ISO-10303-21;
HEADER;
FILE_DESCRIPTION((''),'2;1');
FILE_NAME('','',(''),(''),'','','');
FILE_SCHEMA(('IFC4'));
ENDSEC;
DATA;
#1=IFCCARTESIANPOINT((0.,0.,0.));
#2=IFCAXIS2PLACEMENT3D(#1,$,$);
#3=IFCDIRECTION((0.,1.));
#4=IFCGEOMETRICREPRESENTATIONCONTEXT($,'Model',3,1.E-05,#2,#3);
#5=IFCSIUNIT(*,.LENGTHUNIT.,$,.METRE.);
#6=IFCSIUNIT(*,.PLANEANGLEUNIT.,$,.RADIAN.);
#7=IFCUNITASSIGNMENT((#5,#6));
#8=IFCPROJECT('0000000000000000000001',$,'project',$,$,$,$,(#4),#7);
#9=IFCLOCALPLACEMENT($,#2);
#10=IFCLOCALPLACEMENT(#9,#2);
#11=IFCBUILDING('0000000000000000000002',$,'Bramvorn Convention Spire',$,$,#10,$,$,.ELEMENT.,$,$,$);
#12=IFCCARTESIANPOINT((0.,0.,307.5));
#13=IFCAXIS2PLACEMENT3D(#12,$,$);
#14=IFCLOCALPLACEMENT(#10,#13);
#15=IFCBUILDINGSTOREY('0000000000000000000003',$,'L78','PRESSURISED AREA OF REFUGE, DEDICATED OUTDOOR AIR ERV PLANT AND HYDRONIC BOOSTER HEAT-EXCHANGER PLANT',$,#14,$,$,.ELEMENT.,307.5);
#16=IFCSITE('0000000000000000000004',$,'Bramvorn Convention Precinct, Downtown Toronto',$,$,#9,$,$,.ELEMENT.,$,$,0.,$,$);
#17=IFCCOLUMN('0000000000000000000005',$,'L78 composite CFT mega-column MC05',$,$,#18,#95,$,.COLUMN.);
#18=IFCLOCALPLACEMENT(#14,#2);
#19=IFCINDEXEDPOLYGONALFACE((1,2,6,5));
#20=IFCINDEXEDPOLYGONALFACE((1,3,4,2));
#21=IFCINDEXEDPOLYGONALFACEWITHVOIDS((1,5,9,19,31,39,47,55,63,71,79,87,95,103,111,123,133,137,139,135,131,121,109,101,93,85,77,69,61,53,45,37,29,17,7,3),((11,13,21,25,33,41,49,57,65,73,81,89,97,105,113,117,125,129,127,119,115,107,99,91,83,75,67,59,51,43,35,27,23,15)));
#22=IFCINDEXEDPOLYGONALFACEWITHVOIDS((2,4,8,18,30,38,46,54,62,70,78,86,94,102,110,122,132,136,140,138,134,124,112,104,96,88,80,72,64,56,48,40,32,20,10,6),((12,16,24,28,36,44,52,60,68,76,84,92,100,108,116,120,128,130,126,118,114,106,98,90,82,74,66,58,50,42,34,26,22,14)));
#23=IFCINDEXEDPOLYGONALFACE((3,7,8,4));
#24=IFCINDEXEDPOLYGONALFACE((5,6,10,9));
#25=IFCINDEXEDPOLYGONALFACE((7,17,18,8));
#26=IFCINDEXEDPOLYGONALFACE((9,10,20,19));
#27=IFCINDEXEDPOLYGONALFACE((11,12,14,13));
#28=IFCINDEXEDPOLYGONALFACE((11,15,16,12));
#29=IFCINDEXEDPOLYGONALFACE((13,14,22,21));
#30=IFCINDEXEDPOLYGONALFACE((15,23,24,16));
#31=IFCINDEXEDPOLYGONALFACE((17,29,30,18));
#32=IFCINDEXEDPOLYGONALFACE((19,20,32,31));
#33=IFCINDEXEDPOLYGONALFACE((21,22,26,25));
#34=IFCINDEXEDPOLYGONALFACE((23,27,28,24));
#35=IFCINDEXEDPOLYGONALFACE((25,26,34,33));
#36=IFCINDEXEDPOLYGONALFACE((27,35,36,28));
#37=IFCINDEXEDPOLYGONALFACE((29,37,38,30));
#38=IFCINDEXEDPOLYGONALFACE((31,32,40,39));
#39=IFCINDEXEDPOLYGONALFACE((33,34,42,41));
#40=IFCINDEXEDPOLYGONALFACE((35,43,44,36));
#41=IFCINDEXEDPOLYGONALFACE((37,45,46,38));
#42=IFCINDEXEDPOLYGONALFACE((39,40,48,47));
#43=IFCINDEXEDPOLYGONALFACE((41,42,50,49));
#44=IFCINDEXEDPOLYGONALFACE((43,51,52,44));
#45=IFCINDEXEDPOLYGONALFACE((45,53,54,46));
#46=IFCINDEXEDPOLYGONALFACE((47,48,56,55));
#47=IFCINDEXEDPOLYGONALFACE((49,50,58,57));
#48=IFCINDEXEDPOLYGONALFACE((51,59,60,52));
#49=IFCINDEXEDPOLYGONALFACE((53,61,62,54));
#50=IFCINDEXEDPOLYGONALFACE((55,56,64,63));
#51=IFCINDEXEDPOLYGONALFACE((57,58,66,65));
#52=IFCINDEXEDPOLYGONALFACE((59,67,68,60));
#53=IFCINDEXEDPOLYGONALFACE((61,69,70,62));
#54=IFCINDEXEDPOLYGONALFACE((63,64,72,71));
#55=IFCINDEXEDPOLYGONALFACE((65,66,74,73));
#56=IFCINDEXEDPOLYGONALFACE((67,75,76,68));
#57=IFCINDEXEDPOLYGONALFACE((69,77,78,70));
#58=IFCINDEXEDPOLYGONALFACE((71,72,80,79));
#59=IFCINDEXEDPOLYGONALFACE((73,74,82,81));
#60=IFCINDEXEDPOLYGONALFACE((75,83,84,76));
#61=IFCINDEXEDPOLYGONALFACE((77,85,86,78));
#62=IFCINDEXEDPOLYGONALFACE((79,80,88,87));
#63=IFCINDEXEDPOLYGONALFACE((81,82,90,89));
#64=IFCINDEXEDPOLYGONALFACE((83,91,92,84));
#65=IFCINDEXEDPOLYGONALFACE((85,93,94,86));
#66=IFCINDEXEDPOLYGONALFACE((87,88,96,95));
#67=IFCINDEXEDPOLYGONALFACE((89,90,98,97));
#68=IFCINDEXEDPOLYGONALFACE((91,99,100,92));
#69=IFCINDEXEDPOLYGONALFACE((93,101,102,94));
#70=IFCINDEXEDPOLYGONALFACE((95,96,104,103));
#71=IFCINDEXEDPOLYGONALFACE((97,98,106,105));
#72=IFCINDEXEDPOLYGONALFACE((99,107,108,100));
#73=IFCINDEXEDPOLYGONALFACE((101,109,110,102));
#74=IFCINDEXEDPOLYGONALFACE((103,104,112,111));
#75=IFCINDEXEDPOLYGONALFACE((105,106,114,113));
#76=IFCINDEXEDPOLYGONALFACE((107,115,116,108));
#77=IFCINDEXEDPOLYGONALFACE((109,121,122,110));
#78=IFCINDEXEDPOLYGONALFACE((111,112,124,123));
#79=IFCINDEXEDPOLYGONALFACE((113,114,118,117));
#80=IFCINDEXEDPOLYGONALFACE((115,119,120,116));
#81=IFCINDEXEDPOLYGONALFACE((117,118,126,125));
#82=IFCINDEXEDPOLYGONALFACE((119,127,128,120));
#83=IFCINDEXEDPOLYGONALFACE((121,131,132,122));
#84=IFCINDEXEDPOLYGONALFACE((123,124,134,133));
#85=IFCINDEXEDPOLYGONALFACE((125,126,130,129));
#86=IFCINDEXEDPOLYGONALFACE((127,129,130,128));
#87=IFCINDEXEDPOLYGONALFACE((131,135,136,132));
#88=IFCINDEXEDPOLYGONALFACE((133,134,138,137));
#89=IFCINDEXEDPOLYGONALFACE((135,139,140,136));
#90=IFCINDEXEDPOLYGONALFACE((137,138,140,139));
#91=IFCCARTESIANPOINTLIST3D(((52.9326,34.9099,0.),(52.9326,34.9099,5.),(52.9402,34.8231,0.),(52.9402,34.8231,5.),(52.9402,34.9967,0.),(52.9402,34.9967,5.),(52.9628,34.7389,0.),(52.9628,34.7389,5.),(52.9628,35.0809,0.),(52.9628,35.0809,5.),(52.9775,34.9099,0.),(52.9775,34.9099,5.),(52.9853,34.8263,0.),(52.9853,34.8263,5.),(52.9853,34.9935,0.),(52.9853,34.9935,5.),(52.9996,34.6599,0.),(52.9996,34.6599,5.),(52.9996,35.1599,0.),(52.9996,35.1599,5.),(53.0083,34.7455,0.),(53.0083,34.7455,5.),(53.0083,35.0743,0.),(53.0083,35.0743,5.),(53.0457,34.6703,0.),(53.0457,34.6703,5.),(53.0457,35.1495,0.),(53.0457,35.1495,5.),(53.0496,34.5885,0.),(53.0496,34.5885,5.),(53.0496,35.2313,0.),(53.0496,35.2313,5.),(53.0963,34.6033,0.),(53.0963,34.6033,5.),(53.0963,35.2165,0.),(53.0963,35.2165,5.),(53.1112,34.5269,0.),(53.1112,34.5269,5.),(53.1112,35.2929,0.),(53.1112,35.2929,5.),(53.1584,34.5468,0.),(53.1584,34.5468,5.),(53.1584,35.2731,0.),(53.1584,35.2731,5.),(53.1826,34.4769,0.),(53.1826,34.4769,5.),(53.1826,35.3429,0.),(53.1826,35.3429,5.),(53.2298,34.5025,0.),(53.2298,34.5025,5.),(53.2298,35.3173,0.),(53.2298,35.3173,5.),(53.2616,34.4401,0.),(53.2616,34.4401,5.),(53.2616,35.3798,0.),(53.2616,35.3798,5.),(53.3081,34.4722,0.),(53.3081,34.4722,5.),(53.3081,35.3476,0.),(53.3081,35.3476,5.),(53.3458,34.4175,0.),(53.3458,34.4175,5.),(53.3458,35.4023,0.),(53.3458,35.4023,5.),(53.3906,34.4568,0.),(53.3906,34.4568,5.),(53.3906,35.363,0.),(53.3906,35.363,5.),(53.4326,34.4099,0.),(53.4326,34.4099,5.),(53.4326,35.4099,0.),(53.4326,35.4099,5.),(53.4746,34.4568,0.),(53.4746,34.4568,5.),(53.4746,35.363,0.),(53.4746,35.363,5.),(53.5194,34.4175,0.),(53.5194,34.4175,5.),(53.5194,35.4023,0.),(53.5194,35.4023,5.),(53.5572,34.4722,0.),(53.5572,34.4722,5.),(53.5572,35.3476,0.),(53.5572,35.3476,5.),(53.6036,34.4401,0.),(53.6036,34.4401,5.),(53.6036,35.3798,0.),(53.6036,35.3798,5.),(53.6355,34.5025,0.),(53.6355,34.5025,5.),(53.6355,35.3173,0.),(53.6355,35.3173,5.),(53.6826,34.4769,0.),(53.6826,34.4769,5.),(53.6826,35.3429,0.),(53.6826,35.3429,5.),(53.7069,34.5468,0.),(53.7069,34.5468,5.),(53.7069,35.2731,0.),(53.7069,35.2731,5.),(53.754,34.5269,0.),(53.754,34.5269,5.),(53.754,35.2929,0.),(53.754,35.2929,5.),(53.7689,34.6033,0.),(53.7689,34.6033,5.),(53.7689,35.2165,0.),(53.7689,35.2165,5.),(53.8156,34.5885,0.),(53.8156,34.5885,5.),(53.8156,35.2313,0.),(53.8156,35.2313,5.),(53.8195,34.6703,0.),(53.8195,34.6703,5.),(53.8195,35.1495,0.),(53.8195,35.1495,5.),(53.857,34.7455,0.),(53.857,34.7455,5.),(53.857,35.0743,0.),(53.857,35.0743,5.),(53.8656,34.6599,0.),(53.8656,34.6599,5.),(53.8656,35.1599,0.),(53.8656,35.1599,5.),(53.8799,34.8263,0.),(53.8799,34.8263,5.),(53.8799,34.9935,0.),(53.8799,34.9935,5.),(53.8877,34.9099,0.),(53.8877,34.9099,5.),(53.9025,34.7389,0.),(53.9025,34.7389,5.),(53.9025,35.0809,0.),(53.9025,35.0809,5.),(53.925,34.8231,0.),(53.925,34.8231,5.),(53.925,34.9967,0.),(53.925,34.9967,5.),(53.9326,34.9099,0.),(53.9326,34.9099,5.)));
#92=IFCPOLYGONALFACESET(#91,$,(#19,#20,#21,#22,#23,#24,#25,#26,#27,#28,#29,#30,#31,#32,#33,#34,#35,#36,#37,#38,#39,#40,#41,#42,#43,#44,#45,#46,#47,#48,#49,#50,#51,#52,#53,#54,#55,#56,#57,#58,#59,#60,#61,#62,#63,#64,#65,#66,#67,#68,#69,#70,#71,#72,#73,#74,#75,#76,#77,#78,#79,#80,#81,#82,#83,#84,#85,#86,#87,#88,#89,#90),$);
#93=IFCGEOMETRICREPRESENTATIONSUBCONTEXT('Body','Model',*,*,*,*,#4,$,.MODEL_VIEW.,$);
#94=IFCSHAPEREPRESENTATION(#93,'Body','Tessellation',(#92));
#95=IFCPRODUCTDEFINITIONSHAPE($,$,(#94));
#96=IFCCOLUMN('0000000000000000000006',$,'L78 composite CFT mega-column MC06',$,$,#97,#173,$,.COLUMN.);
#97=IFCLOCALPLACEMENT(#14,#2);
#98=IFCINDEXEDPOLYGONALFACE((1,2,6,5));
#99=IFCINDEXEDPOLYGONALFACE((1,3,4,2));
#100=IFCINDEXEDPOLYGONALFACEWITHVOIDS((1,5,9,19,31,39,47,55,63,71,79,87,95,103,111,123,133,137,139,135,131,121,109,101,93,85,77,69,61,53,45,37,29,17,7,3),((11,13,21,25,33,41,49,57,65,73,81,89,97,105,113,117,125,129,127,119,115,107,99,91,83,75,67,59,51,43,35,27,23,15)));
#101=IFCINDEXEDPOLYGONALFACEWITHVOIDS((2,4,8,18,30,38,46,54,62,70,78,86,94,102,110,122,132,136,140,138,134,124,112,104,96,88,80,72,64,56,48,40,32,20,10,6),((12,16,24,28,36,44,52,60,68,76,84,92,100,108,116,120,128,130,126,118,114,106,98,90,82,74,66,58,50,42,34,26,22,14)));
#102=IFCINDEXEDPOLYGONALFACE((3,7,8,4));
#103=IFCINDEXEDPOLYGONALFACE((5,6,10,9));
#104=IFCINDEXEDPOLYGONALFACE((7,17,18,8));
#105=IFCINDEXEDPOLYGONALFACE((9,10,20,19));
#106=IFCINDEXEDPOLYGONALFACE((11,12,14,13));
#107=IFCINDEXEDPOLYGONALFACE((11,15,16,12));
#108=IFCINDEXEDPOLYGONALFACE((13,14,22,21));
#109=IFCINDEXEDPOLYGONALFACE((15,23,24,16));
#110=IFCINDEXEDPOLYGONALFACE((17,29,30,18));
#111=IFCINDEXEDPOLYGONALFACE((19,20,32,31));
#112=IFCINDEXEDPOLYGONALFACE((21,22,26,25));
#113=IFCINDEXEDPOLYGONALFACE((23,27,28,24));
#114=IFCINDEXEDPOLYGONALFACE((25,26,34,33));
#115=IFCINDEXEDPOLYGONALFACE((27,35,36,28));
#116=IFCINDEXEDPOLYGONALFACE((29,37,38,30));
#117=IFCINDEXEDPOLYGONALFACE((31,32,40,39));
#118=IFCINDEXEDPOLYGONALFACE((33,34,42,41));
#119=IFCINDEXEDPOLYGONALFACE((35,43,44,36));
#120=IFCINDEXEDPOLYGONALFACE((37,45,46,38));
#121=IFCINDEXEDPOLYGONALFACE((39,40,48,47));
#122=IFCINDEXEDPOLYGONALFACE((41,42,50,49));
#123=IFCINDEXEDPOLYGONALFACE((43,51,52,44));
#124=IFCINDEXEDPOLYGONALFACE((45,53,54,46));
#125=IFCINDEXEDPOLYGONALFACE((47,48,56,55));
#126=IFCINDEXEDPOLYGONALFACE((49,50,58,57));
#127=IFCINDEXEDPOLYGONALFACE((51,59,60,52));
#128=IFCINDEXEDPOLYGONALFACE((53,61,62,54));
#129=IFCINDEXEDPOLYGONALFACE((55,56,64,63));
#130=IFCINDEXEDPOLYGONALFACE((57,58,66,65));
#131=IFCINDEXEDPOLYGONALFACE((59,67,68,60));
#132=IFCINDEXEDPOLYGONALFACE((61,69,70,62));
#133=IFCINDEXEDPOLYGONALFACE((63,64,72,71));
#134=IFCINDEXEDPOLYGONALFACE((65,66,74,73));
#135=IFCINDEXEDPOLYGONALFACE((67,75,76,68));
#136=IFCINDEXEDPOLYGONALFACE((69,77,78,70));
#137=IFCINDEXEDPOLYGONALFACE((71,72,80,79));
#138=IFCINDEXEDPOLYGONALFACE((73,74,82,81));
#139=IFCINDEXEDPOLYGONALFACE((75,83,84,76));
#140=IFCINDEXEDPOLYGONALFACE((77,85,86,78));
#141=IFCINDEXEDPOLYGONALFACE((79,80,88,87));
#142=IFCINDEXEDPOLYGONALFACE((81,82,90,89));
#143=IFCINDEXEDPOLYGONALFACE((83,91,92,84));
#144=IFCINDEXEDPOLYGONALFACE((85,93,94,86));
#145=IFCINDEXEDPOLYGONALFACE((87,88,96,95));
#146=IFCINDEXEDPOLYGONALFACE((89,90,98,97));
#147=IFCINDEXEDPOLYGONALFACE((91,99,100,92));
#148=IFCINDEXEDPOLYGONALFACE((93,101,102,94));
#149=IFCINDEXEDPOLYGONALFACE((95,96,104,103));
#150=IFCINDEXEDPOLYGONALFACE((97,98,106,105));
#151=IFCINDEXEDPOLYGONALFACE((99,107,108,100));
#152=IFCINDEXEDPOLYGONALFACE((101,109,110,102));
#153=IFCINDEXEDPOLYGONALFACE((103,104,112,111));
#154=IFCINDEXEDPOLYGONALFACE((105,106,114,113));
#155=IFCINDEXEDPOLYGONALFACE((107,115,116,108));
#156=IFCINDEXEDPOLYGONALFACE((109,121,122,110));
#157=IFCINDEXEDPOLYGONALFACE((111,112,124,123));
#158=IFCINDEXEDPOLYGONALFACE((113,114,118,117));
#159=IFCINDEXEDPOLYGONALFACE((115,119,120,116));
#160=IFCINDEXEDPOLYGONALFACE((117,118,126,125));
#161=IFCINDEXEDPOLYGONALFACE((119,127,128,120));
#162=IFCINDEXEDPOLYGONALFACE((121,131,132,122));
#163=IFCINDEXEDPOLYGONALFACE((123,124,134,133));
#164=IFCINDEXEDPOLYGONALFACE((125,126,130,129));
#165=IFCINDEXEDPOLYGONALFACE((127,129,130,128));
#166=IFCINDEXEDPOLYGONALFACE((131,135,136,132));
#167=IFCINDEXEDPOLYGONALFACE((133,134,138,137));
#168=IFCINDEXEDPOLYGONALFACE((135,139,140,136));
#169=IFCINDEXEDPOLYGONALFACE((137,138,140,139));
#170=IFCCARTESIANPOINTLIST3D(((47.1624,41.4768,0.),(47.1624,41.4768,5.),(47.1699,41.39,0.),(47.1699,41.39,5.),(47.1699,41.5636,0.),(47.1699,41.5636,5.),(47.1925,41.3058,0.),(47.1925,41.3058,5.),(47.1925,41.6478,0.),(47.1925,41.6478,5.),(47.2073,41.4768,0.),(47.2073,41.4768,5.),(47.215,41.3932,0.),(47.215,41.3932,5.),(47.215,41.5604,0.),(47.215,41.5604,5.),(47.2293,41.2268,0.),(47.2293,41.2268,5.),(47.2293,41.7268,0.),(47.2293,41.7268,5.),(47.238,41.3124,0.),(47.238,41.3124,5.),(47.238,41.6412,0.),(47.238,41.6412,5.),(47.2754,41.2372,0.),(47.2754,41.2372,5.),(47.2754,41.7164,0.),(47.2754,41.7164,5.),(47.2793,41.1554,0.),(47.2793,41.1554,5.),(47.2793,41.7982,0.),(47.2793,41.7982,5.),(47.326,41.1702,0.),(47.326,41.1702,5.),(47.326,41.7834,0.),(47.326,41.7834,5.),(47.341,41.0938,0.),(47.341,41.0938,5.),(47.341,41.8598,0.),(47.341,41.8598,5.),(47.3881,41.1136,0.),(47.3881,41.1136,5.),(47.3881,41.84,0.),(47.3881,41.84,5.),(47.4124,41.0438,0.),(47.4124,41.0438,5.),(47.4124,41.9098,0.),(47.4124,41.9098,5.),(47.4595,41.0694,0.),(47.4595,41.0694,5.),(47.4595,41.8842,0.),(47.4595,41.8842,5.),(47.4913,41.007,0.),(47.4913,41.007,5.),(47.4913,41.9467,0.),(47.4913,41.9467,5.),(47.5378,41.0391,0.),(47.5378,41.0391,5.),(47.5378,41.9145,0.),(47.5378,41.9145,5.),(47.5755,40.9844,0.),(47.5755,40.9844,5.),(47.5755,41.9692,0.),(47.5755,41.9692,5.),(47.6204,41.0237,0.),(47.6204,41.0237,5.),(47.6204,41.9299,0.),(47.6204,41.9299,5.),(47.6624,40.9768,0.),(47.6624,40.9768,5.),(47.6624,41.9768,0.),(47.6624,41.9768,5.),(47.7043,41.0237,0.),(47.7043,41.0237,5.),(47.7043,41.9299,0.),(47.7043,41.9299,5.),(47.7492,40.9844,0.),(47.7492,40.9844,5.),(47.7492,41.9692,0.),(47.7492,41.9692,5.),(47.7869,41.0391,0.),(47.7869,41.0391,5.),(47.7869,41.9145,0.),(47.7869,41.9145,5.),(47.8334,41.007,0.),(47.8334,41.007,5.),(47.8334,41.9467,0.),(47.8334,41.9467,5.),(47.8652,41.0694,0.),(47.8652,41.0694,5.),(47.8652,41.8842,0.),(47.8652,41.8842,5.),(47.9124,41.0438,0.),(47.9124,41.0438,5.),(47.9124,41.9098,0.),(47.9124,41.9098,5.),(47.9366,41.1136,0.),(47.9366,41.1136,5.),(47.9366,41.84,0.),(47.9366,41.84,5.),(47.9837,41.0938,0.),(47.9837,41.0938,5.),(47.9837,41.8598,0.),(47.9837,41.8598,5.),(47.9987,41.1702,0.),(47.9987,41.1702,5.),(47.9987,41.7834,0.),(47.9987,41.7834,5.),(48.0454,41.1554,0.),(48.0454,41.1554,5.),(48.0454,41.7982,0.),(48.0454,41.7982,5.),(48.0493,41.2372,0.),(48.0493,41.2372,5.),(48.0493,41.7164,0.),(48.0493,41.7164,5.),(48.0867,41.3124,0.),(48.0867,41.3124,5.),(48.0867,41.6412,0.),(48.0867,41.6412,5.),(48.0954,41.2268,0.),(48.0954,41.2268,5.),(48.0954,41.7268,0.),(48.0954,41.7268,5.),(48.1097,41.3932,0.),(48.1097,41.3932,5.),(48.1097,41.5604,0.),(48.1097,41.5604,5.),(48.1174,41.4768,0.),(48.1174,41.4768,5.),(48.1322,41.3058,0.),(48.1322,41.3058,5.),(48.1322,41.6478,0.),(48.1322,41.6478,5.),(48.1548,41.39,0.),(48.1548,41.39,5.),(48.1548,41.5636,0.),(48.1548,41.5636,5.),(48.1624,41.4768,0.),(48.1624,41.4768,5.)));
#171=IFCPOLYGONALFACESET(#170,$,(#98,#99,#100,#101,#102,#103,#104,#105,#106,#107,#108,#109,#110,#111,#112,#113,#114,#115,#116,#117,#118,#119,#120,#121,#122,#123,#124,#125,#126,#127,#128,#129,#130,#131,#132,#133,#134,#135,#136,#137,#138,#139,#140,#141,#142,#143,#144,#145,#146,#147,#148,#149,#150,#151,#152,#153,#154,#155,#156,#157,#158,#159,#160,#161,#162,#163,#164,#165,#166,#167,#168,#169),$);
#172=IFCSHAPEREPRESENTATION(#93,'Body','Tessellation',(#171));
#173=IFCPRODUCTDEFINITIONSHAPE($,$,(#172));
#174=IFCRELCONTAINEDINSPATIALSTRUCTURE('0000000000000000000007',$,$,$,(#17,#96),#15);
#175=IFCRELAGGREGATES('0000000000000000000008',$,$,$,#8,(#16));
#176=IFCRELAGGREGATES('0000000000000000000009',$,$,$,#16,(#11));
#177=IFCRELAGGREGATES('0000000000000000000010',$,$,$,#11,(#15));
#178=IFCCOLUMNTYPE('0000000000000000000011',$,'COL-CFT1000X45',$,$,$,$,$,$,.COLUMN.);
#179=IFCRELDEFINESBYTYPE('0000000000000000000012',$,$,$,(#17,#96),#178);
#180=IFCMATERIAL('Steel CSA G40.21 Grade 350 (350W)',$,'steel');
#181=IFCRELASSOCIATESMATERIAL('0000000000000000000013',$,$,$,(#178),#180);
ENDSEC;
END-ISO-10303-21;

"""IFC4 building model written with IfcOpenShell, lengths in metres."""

from ifc_helpers import new_model, si_unit, direction, frame, origin, origin_2d, place, context, subcontext, project, spatial, hollow_circle, extrude, material, material_profile, profile_set, type_object, element, save


model = new_model("IFC4")

# Units and contexts
model_context = context("Model", 3, precision=1e-05, world=origin(), true_north=direction((0.0, 1.0)))
body_context = subcontext(model_context, "Body", "Model", "MODEL_VIEW")
ifc_project = project(units=[si_unit("LENGTHUNIT", "METRE"), si_unit("PLANEANGLEUNIT", "RADIAN")], contexts=[model_context])

# Site, building, storey
site_placement = place(None, origin())
site = spatial("IfcSite", under=ifc_project, at=site_placement, Name="Bramvorn Convention Precinct, Downtown Toronto", CompositionType="ELEMENT", RefElevation=0.0)
building_placement = place(site_placement, origin())
building = spatial("IfcBuilding", under=site, at=building_placement, Name="Bramvorn Convention Spire", CompositionType="ELEMENT")
storey_placement = place(building_placement, frame((0.0, 0.0, 307.5)))
storey = spatial("IfcBuildingStorey", under=building, at=storey_placement, Name="L78", Description="PRESSURISED AREA OF REFUGE, DEDICATED OUTDOOR AIR ERV PLANT AND HYDRONIC BOOSTER HEAT-EXCHANGER PLANT", CompositionType="ELEMENT", Elevation=307.5)

# Columns
ifc_material_1 = material(Name="Steel CSA G40.21 Grade 350 (350W)", Category="steel")
ifc_material_profile_1 = material_profile(ifc_material_1, hollow_circle(Radius=0.5, WallThickness=0.0449, at=origin_2d()))
ifc_profile_set_1 = profile_set([ifc_material_profile_1], Name="Steel CSA G40.21 Grade 350 (350W) - CFT1000X45")
column_type = type_object("IfcColumnType", Name="COL-CFT1000X45", PredefinedType="COLUMN", material=ifc_profile_set_1)
for number, where, z_axis, x_axis, name in (
    (1, (53.4326, 34.9099, 0.0), (0.0, 0.0, 1.0), (1.0, 0.0, 0.0), "L78 composite CFT mega-column MC05"),
    (2, (47.6624, 41.4768, 0.0), (0.0, 0.0, 1.0), (1.0, 0.0, 0.0), "L78 composite CFT mega-column MC06"),
):
    element("IfcColumn", number, at=place(storey_placement, frame(where, z_axis=z_axis, x_axis=x_axis)), inside=storey, type_object=column_type, Name=name, PredefinedType="COLUMN", context=body_context, shape_type="SweptSolid", body=[
        extrude(hollow_circle(Radius=0.5, WallThickness=0.0449, at=origin_2d()), origin(), (0.0, 0.0, 1.0), 5.0),
    ])

save(model, "model.ifc")
